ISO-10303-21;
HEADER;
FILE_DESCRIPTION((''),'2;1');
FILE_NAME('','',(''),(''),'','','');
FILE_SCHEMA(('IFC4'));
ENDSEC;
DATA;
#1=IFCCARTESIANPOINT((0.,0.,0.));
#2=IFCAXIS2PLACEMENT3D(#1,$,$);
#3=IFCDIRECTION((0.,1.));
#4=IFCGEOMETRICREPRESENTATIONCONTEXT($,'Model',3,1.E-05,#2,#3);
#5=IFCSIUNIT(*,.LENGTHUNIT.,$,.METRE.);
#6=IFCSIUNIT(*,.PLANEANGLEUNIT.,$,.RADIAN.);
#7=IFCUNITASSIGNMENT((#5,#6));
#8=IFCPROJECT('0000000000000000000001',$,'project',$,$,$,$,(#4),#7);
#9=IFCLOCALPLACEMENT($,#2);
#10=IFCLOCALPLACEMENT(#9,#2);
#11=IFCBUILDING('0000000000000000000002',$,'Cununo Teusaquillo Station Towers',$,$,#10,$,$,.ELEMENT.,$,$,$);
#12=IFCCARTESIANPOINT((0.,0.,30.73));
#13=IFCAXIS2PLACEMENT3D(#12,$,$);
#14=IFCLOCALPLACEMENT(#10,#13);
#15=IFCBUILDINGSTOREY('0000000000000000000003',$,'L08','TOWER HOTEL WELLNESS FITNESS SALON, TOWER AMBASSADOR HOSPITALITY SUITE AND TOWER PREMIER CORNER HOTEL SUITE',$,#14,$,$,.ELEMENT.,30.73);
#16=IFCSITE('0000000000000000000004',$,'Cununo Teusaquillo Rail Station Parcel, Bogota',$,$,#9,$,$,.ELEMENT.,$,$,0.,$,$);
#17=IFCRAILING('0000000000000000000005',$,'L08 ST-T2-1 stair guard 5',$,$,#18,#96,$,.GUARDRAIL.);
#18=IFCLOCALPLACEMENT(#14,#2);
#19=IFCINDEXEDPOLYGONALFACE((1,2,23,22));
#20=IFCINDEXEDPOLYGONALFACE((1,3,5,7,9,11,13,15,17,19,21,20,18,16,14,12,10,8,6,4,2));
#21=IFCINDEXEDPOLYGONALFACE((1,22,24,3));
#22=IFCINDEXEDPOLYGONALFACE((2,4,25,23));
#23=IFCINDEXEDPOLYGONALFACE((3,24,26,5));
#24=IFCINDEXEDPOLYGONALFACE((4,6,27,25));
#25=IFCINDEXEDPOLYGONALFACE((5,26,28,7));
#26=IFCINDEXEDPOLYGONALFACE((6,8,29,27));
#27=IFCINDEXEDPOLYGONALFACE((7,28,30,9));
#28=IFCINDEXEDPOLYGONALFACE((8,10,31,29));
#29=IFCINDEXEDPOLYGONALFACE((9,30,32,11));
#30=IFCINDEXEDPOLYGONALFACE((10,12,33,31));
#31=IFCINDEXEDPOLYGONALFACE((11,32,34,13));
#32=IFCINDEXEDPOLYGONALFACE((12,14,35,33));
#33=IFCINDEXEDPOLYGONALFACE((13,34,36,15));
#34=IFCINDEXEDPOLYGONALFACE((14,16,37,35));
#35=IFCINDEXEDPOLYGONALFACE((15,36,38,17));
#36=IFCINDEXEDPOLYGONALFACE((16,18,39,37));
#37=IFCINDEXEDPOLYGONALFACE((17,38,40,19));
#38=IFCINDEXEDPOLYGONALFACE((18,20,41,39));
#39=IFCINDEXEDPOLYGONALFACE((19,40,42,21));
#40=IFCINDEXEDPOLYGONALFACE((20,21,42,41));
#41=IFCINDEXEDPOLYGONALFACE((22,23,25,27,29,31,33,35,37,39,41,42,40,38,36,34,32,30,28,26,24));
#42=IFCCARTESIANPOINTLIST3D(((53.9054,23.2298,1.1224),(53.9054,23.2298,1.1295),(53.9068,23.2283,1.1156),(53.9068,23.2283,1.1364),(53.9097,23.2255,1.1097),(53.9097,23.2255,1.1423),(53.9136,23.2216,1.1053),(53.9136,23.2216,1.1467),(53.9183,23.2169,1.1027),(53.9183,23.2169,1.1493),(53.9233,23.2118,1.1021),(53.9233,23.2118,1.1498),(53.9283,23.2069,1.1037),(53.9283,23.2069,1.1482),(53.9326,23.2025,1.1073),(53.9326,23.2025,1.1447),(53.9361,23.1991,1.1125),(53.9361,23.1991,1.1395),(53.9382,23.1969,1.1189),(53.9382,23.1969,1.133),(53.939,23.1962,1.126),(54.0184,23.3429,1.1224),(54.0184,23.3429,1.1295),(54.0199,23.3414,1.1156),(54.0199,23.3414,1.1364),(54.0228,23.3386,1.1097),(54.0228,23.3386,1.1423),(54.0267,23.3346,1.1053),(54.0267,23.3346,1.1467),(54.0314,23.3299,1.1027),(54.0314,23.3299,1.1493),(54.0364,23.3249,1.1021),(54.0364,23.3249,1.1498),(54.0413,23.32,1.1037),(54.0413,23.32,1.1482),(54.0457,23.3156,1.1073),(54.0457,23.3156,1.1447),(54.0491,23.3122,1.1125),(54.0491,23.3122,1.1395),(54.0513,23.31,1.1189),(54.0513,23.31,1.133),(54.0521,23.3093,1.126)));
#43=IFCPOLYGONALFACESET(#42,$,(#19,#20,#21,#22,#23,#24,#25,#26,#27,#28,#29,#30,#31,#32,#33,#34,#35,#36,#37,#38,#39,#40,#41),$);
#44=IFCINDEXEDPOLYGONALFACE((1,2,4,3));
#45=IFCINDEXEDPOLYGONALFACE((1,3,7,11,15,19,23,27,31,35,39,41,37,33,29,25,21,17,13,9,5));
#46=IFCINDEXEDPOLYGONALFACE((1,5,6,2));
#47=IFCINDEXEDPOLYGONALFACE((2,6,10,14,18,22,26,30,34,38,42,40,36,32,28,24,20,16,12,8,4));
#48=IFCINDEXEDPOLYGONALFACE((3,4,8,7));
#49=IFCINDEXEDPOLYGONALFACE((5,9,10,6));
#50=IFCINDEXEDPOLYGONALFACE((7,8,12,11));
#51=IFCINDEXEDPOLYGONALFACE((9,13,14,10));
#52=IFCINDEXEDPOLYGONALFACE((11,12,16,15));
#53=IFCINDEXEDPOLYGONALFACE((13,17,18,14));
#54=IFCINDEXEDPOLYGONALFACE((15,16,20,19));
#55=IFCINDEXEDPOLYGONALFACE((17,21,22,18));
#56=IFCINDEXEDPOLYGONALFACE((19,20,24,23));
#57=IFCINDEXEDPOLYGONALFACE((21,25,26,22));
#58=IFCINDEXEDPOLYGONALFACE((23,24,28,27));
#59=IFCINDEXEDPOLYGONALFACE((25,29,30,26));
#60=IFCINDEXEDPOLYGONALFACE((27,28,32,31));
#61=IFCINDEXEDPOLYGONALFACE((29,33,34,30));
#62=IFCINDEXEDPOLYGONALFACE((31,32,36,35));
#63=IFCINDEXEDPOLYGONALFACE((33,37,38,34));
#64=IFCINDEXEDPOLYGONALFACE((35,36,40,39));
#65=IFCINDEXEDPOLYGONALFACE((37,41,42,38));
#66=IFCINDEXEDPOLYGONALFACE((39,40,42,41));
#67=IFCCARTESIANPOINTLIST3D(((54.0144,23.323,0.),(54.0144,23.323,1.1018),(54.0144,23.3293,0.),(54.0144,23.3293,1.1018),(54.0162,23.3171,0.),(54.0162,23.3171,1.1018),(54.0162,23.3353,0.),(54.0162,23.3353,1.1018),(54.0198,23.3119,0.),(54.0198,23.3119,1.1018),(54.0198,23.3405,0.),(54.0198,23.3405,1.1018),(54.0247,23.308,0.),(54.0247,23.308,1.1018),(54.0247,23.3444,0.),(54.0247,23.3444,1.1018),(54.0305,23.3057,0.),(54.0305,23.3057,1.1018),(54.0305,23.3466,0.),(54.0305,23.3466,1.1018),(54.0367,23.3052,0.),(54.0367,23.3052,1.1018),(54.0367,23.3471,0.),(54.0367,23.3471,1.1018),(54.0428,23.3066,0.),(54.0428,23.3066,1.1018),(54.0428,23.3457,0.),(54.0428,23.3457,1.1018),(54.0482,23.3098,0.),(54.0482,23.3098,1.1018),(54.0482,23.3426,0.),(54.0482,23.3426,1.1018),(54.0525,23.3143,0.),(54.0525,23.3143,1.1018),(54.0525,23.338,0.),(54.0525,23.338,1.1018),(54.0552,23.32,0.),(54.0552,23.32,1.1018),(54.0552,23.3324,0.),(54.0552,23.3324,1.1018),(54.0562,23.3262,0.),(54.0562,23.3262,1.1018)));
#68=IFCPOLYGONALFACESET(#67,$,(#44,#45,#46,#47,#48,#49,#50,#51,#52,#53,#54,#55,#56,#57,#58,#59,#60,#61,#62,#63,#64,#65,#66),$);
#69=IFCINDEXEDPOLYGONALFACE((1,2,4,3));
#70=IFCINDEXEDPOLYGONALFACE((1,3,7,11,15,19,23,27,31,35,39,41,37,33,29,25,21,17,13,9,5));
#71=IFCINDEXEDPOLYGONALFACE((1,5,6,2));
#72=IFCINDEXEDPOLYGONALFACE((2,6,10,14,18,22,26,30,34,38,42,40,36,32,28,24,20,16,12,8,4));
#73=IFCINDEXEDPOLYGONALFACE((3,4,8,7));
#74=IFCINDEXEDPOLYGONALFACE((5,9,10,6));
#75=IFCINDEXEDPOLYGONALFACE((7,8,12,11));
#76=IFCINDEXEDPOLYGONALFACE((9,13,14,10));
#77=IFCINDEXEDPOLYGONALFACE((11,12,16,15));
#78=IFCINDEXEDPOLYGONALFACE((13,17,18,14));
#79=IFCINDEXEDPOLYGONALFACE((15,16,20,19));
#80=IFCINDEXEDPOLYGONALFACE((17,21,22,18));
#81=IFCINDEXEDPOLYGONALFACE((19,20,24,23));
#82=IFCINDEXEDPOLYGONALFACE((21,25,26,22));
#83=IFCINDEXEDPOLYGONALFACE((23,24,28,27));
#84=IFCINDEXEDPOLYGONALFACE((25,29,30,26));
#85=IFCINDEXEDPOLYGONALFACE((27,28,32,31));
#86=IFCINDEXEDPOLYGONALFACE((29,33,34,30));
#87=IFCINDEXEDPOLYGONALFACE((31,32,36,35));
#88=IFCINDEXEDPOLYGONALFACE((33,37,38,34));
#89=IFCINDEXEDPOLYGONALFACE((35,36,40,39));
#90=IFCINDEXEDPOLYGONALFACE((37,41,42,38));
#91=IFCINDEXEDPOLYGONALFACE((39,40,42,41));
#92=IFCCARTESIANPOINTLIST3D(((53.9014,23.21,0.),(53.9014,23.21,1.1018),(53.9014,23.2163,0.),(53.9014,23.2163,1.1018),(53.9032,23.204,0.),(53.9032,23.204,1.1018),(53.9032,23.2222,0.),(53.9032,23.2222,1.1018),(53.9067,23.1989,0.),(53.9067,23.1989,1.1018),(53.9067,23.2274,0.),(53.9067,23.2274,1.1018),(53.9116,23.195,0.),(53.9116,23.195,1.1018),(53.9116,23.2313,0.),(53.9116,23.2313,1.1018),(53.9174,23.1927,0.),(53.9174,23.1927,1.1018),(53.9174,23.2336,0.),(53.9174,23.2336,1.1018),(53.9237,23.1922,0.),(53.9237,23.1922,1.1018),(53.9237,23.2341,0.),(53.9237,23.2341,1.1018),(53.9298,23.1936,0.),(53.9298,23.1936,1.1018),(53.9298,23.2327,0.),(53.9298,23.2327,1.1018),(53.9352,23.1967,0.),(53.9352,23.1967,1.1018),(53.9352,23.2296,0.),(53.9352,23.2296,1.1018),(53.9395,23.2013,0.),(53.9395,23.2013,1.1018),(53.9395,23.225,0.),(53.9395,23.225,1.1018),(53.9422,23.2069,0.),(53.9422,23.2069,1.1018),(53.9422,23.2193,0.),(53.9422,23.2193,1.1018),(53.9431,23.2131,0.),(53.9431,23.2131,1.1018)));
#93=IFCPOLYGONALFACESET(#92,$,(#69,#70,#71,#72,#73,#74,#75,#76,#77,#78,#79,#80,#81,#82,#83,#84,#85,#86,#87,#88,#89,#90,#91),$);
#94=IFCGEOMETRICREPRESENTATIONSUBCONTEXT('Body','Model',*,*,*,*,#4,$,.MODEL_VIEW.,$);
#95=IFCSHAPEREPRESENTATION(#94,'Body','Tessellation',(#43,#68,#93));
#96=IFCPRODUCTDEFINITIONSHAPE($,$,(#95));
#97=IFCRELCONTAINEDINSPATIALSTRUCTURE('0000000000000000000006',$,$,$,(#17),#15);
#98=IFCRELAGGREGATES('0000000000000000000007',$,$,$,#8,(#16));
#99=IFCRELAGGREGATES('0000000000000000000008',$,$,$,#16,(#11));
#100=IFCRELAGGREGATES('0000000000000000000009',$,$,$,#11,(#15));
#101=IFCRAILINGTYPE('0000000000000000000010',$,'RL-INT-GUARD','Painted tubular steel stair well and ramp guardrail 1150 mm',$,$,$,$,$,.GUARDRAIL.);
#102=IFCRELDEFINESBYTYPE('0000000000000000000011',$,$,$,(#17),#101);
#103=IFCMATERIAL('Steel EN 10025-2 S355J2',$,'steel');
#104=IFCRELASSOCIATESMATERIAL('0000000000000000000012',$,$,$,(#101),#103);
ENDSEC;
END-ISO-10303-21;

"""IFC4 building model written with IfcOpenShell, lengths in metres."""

from ifc_helpers import new_model, si_unit, direction, frame, origin, origin_2d, place, context, subcontext, project, spatial, circle, extrude, material, type_object, element, save


model = new_model("IFC4")

# Units and contexts
model_context = context("Model", 3, precision=1e-05, world=origin(), true_north=direction((0.0, 1.0)))
body_context = subcontext(model_context, "Body", "Model", "MODEL_VIEW")
ifc_project = project(units=[si_unit("LENGTHUNIT", "METRE"), si_unit("PLANEANGLEUNIT", "RADIAN")], contexts=[model_context])

# Site, building, storey
site_placement = place(None, origin())
site = spatial("IfcSite", under=ifc_project, at=site_placement, Name="Cununo Teusaquillo Rail Station Parcel, Bogota", CompositionType="ELEMENT", RefElevation=0.0)
building_placement = place(site_placement, origin())
building = spatial("IfcBuilding", under=site, at=building_placement, Name="Cununo Teusaquillo Station Towers", CompositionType="ELEMENT")
storey_placement = place(building_placement, frame((0.0, 0.0, 30.73)))
storey = spatial("IfcBuildingStorey", under=building, at=storey_placement, Name="L08", Description="TOWER HOTEL WELLNESS FITNESS SALON, TOWER AMBASSADOR HOSPITALITY SUITE AND TOWER PREMIER CORNER HOTEL SUITE", CompositionType="ELEMENT", Elevation=30.73)

# Railing
ifc_material_1 = material(Name="Steel EN 10025-2 S355J2", Category="steel")
railing_type_1 = type_object("IfcRailingType", Name="RL-INT-GUARD", Description="Painted tubular steel stair well and ramp guardrail 1150 mm", PredefinedType="GUARDRAIL", material=ifc_material_1)
railing_1_placement = place(storey_placement, frame((54.0352, 23.3262, 0.0)))
element("IfcRailing", 1, at=railing_1_placement, inside=storey, type_object=railing_type_1, Name="L08 ST-T2-1 stair guard 5", PredefinedType="GUARDRAIL", context=body_context, shape_type="SweptSolid", body=[
    extrude(circle(Radius=0.0239, at=origin_2d()), frame((0.0, 0.0, 1.126), z_axis=(-0.707107, -0.707107, 0.0), x_axis=(0.707107, -0.707107, 0.0)), (0.0, 0.0, 1.0), 0.1599),
    extrude(circle(Radius=0.021, at=origin_2d()), origin(), (0.0, 0.0, 1.0), 1.1018),
    extrude(circle(Radius=0.021, at=origin_2d()), frame((-0.113, -0.113, 0.0)), (0.0, 0.0, 1.0), 1.1018),
])

save(model, "model.ifc")
